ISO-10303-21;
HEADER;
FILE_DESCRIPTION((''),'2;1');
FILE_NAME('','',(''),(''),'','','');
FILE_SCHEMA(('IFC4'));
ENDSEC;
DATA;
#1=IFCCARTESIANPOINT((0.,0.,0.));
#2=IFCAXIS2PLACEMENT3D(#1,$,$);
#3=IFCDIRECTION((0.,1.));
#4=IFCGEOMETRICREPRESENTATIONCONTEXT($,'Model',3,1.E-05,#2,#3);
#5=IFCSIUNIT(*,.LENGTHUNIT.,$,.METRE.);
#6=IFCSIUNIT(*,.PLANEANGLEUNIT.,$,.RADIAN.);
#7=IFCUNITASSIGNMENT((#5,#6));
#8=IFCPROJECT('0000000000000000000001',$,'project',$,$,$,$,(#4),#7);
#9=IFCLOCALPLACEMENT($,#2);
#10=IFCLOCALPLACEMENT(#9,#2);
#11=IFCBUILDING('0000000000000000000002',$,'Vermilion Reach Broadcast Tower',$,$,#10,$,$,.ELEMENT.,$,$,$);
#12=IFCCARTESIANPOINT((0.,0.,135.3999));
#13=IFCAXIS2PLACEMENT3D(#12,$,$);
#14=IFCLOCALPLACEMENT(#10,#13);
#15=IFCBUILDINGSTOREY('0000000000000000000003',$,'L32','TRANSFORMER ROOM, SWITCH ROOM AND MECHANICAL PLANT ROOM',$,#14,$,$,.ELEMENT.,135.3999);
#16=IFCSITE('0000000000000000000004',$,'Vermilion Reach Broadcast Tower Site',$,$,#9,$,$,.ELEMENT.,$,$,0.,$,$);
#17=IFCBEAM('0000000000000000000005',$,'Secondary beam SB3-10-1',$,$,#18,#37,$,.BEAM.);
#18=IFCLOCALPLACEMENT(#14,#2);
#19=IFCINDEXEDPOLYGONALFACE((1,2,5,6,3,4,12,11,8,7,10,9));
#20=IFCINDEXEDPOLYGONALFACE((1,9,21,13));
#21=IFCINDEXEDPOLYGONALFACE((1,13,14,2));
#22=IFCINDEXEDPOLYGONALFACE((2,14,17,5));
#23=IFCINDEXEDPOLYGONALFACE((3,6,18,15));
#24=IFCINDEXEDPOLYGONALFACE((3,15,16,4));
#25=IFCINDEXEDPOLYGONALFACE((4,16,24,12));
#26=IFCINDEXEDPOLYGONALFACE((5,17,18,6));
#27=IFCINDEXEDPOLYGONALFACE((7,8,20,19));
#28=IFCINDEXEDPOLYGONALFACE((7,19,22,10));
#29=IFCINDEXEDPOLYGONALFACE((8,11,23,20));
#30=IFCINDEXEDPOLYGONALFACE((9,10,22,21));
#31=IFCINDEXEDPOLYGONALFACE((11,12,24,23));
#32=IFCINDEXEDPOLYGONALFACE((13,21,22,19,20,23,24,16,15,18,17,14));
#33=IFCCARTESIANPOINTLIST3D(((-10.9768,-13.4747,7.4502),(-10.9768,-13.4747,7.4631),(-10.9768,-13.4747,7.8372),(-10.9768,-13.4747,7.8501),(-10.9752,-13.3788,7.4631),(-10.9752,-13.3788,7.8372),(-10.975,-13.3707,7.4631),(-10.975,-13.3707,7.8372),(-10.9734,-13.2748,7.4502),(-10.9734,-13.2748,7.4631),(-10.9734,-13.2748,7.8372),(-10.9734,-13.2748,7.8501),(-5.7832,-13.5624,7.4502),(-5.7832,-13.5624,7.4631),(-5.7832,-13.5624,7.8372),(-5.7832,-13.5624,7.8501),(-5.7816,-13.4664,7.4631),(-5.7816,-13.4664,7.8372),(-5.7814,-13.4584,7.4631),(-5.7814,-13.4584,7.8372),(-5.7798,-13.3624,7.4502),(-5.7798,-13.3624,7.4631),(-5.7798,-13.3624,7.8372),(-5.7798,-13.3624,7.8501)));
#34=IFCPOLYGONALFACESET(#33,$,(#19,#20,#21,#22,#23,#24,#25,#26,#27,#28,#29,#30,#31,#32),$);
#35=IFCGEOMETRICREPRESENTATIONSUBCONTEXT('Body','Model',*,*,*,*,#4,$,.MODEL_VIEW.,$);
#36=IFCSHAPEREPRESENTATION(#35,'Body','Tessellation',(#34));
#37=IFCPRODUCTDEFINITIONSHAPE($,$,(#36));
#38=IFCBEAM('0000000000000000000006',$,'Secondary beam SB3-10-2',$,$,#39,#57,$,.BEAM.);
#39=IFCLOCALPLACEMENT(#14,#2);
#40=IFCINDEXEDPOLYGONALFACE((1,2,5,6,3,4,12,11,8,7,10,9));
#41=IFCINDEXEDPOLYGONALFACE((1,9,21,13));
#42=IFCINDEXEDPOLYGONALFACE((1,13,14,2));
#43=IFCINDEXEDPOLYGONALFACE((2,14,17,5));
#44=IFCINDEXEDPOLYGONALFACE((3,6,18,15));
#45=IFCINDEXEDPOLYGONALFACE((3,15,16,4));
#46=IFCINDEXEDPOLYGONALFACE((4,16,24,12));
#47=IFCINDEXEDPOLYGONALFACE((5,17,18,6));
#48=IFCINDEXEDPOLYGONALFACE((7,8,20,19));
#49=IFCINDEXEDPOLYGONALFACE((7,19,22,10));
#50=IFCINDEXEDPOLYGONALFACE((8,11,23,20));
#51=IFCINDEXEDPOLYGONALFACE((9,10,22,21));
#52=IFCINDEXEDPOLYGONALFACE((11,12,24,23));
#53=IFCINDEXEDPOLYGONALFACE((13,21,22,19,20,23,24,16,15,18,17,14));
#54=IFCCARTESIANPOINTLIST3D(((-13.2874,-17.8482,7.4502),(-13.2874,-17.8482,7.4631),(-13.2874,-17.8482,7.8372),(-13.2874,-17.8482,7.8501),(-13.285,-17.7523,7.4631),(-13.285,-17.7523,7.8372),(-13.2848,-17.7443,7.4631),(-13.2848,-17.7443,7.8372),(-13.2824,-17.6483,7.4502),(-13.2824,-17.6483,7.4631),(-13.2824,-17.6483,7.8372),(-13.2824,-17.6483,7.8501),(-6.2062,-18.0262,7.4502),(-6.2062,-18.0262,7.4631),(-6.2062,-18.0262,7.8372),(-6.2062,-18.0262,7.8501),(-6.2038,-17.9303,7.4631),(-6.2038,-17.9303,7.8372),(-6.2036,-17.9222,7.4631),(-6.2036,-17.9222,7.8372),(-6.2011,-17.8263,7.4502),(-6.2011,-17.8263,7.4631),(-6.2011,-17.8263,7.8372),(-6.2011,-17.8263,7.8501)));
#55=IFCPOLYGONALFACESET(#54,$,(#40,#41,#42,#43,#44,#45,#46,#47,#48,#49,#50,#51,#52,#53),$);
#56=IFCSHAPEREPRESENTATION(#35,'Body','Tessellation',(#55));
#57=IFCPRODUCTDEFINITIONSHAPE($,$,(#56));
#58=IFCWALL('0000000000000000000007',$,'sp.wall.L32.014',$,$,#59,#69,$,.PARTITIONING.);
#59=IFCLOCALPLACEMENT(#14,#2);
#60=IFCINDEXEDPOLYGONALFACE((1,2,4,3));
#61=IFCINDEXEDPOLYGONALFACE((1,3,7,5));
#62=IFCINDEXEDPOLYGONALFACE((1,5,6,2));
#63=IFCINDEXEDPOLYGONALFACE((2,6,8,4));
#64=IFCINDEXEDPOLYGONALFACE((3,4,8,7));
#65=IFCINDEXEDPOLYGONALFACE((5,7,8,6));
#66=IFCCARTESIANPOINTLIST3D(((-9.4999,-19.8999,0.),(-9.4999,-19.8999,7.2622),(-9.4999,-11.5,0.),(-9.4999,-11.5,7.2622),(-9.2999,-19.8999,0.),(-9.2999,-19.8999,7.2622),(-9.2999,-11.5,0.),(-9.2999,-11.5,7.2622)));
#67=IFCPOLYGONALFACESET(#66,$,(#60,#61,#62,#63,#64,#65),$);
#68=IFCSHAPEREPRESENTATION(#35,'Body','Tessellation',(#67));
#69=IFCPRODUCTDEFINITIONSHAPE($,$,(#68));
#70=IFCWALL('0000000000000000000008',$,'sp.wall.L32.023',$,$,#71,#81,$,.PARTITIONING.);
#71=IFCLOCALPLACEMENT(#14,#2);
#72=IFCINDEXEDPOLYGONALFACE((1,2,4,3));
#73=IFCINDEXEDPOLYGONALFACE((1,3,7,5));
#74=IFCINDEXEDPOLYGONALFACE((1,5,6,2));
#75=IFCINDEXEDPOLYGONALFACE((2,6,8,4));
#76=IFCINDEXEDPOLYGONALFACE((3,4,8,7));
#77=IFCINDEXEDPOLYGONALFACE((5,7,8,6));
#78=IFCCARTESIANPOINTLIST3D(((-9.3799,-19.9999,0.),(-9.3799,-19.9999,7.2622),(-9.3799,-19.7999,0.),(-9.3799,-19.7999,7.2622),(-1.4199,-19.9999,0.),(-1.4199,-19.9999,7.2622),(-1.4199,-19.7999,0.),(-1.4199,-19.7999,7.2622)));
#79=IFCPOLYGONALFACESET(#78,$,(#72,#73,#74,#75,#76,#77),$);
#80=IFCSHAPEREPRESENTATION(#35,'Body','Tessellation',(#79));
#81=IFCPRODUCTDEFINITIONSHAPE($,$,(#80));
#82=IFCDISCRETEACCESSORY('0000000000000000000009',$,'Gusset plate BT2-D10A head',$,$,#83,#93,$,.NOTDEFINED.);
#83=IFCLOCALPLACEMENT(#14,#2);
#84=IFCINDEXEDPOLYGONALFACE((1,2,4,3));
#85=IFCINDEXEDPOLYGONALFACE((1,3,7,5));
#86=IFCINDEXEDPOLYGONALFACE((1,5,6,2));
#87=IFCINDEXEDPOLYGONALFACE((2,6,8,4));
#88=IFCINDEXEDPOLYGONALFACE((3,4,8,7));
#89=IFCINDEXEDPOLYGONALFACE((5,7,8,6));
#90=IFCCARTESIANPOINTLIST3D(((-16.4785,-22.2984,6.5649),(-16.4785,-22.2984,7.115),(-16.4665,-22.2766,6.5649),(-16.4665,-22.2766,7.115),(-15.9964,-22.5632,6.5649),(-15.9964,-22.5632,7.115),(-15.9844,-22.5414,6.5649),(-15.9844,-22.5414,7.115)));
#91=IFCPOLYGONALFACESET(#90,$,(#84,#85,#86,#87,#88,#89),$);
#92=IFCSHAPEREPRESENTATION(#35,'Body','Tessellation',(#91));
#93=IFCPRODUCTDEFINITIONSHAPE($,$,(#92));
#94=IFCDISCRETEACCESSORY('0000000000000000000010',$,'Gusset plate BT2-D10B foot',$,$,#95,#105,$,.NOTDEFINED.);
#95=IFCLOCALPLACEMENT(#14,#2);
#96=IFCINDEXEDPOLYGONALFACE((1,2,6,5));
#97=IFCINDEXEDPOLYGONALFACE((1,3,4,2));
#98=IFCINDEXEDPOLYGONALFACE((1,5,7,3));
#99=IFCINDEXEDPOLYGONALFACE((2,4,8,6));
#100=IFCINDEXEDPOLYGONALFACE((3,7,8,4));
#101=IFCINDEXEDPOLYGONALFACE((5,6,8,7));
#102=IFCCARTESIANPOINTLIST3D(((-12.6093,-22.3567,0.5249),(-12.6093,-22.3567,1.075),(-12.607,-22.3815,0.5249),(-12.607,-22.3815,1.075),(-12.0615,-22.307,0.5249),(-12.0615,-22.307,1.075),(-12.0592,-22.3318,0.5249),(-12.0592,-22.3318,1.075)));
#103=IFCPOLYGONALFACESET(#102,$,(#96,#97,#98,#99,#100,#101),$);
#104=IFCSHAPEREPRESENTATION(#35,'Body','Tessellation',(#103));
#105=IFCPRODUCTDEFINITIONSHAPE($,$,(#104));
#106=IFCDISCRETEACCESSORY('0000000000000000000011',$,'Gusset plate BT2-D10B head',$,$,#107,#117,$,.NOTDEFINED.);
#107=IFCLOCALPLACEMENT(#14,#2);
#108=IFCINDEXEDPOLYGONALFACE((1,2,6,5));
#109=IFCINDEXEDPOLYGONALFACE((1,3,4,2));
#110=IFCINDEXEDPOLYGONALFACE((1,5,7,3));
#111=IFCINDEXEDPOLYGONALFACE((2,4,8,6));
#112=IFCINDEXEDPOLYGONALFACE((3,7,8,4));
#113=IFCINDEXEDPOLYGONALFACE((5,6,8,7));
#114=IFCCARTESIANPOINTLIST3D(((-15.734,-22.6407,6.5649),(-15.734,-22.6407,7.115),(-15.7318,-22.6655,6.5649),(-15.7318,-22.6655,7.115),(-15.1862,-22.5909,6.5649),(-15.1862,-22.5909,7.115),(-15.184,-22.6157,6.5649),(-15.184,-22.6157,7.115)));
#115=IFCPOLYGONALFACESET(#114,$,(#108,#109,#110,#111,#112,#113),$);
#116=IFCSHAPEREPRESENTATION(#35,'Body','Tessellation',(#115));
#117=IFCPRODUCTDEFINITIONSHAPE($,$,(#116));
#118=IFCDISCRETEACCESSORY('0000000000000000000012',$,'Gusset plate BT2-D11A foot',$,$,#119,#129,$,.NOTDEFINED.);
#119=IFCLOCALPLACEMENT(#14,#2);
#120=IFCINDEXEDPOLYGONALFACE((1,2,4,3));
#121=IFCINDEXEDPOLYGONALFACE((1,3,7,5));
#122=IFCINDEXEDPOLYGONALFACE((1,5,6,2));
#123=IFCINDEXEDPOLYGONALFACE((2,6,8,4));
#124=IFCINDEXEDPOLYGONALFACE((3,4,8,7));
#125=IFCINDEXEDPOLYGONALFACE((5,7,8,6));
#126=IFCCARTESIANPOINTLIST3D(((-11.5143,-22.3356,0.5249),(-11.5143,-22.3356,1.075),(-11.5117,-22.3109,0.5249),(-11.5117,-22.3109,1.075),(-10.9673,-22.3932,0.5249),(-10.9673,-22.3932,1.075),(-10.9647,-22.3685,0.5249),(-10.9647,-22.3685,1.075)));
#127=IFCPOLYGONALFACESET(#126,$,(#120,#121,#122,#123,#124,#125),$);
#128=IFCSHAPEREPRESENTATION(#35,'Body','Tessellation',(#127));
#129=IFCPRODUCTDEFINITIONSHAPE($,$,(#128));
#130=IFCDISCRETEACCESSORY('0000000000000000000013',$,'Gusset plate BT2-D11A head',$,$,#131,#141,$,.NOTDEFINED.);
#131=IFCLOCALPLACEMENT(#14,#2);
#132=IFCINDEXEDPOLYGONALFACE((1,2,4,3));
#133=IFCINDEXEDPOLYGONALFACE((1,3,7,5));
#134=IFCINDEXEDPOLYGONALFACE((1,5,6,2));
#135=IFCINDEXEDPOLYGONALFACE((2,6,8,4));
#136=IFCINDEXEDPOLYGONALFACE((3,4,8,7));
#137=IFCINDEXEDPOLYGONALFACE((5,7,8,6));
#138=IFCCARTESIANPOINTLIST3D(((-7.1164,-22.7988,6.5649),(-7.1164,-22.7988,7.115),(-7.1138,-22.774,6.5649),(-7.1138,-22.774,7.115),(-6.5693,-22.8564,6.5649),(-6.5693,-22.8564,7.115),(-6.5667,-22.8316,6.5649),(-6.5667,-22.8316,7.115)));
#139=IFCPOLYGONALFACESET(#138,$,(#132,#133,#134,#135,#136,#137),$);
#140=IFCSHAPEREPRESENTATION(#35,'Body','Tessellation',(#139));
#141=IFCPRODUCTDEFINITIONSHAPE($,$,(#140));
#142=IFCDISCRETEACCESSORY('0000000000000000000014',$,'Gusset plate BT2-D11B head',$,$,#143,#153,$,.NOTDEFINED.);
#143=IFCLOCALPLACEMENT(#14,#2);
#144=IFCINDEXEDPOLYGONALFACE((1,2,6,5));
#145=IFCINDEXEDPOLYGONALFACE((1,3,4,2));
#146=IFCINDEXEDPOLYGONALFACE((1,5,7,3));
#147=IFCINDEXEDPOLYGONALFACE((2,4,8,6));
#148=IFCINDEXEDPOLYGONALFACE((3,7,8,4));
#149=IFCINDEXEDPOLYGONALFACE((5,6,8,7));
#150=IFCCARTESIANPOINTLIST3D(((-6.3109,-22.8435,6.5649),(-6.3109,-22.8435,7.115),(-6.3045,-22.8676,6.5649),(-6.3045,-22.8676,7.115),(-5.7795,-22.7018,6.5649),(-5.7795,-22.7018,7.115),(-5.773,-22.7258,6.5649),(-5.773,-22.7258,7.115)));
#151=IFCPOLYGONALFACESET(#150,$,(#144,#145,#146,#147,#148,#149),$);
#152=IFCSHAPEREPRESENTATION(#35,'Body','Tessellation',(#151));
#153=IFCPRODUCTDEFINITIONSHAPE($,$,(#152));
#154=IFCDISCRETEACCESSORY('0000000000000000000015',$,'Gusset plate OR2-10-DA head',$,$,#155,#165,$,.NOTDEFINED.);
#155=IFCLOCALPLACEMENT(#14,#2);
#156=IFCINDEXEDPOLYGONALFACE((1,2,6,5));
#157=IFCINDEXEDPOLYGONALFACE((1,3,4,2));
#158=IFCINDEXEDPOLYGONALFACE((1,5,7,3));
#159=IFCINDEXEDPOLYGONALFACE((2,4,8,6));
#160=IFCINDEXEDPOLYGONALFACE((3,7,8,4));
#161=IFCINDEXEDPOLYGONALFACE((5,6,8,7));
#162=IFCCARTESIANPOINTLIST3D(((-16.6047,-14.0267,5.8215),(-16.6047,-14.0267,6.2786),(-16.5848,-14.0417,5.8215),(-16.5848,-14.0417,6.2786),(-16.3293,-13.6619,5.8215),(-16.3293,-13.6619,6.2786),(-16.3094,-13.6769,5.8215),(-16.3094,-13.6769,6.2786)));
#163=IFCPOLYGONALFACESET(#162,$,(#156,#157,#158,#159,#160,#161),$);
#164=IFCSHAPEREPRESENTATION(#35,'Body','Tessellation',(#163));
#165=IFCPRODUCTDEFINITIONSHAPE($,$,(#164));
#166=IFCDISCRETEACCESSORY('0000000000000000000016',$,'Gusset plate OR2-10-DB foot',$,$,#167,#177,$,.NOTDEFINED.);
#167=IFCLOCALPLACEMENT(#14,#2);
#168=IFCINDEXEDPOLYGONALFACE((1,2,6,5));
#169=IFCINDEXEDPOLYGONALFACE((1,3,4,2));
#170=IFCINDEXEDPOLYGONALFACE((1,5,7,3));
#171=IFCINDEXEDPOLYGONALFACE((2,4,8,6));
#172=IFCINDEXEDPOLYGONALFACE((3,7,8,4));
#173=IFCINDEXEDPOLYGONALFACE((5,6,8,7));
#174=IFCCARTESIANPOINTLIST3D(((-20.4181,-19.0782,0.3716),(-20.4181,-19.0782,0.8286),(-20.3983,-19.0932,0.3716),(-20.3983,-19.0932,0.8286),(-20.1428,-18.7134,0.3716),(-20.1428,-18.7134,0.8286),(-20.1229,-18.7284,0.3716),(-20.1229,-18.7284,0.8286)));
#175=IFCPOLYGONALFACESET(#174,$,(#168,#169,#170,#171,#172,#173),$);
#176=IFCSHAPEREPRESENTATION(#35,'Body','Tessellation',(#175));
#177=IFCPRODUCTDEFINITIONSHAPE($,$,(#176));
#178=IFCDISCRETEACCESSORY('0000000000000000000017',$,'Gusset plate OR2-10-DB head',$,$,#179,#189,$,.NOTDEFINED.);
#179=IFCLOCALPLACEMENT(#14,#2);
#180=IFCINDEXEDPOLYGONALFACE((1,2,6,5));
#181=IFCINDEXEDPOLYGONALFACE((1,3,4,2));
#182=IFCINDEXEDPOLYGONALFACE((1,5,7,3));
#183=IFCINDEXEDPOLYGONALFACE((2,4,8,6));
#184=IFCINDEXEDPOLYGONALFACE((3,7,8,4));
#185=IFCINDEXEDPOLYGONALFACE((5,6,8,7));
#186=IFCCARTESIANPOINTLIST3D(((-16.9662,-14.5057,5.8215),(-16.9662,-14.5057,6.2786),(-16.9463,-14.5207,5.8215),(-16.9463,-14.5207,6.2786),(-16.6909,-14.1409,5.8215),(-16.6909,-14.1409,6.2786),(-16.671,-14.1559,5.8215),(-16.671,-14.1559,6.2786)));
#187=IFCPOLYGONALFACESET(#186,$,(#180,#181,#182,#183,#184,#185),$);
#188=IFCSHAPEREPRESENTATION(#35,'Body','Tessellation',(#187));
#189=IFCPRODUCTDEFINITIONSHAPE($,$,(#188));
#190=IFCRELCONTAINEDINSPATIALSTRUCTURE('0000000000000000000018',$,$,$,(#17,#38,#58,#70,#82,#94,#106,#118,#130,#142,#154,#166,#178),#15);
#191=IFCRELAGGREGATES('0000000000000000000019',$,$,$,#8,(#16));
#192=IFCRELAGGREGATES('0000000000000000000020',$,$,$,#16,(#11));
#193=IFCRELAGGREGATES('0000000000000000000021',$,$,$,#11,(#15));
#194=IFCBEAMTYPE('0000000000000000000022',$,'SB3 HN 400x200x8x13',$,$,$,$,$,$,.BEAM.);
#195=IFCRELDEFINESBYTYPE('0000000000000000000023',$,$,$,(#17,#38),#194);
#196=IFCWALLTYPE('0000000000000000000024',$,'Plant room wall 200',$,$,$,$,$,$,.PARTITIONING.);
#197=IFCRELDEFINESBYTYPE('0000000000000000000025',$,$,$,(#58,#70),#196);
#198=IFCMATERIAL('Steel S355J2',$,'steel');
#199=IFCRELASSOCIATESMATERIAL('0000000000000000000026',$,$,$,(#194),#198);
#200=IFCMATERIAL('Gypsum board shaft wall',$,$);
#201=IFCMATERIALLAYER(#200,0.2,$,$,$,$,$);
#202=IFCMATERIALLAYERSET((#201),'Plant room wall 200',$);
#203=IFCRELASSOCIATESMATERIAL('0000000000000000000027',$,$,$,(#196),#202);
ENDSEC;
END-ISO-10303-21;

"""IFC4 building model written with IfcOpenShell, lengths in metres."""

from ifc_helpers import new_model, si_unit, direction, frame, frame_2d, origin, origin_2d, place, context, subcontext, project, spatial, rectangle, i_section, extrude, material, layer, layer_set, material_profile, profile_set, type_object, element, save


model = new_model("IFC4")

# Units and contexts
model_context = context("Model", 3, precision=1e-05, world=origin(), true_north=direction((0.0, 1.0)))
body_context = subcontext(model_context, "Body", "Model", "MODEL_VIEW")
ifc_project = project(units=[si_unit("LENGTHUNIT", "METRE"), si_unit("PLANEANGLEUNIT", "RADIAN")], contexts=[model_context])

# Site, building, storey
site_placement = place(None, origin())
site = spatial("IfcSite", under=ifc_project, at=site_placement, Name="Vermilion Reach Broadcast Tower Site", CompositionType="ELEMENT", RefElevation=0.0)
building_placement = place(site_placement, origin())
building = spatial("IfcBuilding", under=site, at=building_placement, Name="Vermilion Reach Broadcast Tower", CompositionType="ELEMENT")
storey_placement = place(building_placement, frame((0.0, 0.0, 135.3999)))
storey = spatial("IfcBuildingStorey", under=building, at=storey_placement, Name="L32", Description="TRANSFORMER ROOM, SWITCH ROOM AND MECHANICAL PLANT ROOM", CompositionType="ELEMENT", Elevation=135.3999)

# Beams
ifc_material_1 = material(Name="Steel S355J2", Category="steel")
ifc_material_profile_1 = material_profile(ifc_material_1, i_section(OverallWidth=0.2, OverallDepth=0.3999, WebThickness=0.0081, FlangeThickness=0.0129, at=origin_2d()), Name="S355J2 HN 400x200x8x13")
ifc_profile_set_1 = profile_set([ifc_material_profile_1], Name="Steel S355J2")
beam_type_1 = type_object("IfcBeamType", Name="SB3 HN 400x200x8x13", PredefinedType="BEAM", material=ifc_profile_set_1)
beam_1_placement = place(storey_placement, frame((-10.9751, -13.3748, 7.6501), z_axis=(0.999858, -0.016873, 0.0), x_axis=(0.016873, 0.999858, 0.0)))
element("IfcBeam", 1, at=beam_1_placement, inside=storey, type_object=beam_type_1, Name="Secondary beam SB3-10-1", PredefinedType="BEAM", context=body_context, shape_type="SweptSolid", body=[
    extrude(i_section(OverallWidth=0.2, OverallDepth=0.3999, WebThickness=0.0081, FlangeThickness=0.0129, at=origin_2d()), origin(), (0.0, 0.0, 1.0), 5.1943),
])
beam_2_placement = place(storey_placement, frame((-13.2849, -17.7483, 7.6501), z_axis=(0.999684, -0.025126, 0.0), x_axis=(0.025126, 0.999684, 0.0)))
element("IfcBeam", 2, at=beam_2_placement, inside=storey, type_object=beam_type_1, Name="Secondary beam SB3-10-2", PredefinedType="BEAM", context=body_context, shape_type="SweptSolid", body=[
    extrude(i_section(OverallWidth=0.2, OverallDepth=0.3999, WebThickness=0.0081, FlangeThickness=0.0129, at=origin_2d()), origin(), (0.0, 0.0, 1.0), 7.0835),
])

# Walls
ifc_material_2 = material(Name="Gypsum board shaft wall")
ifc_layer = layer(ifc_material_2, 0.2)
ifc_layer_set = layer_set([ifc_layer], Name="Plant room wall 200")
wall_type = type_object("IfcWallType", Name="Plant room wall 200", PredefinedType="PARTITIONING", material=ifc_layer_set)
wall_1_placement = place(storey_placement, frame((-9.3999, -19.8999, 0.0), z_axis=(0.0, 0.0, 1.0), x_axis=(0.0, 1.0, 0.0)))
element("IfcWall", 3, at=wall_1_placement, inside=storey, type_object=wall_type, Name="sp.wall.L32.014", PredefinedType="PARTITIONING", context=body_context, shape_type="SweptSolid", body=[
    extrude(rectangle(XDim=8.3999, YDim=0.2, at=frame_2d((4.2, 0.0))), origin(), (0.0, 0.0, 1.0), 7.2622),
])
wall_2_placement = place(storey_placement, frame((-9.3799, -19.8999, 0.0), z_axis=(0.0, 0.0, 1.0), x_axis=(1.0, 0.0, 0.0)))
element("IfcWall", 4, at=wall_2_placement, inside=storey, type_object=wall_type, Name="sp.wall.L32.023", PredefinedType="PARTITIONING", context=body_context, shape_type="SweptSolid", body=[
    extrude(rectangle(XDim=7.96, YDim=0.2, at=frame_2d((3.98, 0.0))), origin(), (0.0, 0.0, 1.0), 7.2622),
])

# Discrete accessories
for number, where, z_axis, x_axis, name in (
    (5, (-16.2314, -22.4199, 6.5649), (0.0, 0.0, 1.0), (0.481394, 0.876504, 0.0), "Gusset plate BT2-D10A head"),
    (6, (-12.3342, -22.3442, 0.5249), (0.0, 0.0, 1.0), (0.090486, -0.995898, 0.0), "Gusset plate BT2-D10B foot"),
    (7, (-15.459, -22.6282, 6.5649), (0.0, 0.0, 1.0), (0.090486, -0.995898, 0.0), "Gusset plate BT2-D10B head"),
    (8, (-11.2395, -22.3521, 0.5249), (0.0, 0.0, 1.0), (0.104727, 0.994501, 0.0), "Gusset plate BT2-D11A foot"),
    (9, (-6.8416, -22.8152, 6.5649), (0.0, 0.0, 1.0), (0.104727, 0.994501, 0.0), "Gusset plate BT2-D11A head"),
    (10, (-6.042, -22.7847, 6.5649), (0.0, 0.0, 1.0), (0.25769, -0.966228, 0.0), "Gusset plate BT2-D11B head"),
):
    element("IfcDiscreteAccessory", number, at=place(storey_placement, frame(where, z_axis=z_axis, x_axis=x_axis)), inside=storey, Name=name, PredefinedType="NOTDEFINED", context=body_context, shape_type="SweptSolid", body=[
        extrude(rectangle(XDim=0.0249, YDim=0.55, at=origin_2d()), origin(), (0.0, 0.0, 1.0), 0.55),
    ])
for number, where, z_axis, x_axis, name in (
    (11, (-16.457, -13.8518, 5.8215), (0.0, 0.0, 1.0), (0.79811, -0.602512, 0.0), "Gusset plate OR2-10-DA head"),
    (12, (-20.2705, -18.9033, 0.3716), (0.0, 0.0, 1.0), (0.79811, -0.602512, 0.0), "Gusset plate OR2-10-DB foot"),
    (13, (-16.8186, -14.3308, 5.8215), (0.0, 0.0, 1.0), (0.79811, -0.602512, 0.0), "Gusset plate OR2-10-DB head"),
):
    element("IfcDiscreteAccessory", number, at=place(storey_placement, frame(where, z_axis=z_axis, x_axis=x_axis)), inside=storey, Name=name, PredefinedType="NOTDEFINED", context=body_context, shape_type="SweptSolid", body=[
        extrude(rectangle(XDim=0.0249, YDim=0.457, at=origin_2d()), origin(), (0.0, 0.0, 1.0), 0.457),
    ])

save(model, "model.ifc")
